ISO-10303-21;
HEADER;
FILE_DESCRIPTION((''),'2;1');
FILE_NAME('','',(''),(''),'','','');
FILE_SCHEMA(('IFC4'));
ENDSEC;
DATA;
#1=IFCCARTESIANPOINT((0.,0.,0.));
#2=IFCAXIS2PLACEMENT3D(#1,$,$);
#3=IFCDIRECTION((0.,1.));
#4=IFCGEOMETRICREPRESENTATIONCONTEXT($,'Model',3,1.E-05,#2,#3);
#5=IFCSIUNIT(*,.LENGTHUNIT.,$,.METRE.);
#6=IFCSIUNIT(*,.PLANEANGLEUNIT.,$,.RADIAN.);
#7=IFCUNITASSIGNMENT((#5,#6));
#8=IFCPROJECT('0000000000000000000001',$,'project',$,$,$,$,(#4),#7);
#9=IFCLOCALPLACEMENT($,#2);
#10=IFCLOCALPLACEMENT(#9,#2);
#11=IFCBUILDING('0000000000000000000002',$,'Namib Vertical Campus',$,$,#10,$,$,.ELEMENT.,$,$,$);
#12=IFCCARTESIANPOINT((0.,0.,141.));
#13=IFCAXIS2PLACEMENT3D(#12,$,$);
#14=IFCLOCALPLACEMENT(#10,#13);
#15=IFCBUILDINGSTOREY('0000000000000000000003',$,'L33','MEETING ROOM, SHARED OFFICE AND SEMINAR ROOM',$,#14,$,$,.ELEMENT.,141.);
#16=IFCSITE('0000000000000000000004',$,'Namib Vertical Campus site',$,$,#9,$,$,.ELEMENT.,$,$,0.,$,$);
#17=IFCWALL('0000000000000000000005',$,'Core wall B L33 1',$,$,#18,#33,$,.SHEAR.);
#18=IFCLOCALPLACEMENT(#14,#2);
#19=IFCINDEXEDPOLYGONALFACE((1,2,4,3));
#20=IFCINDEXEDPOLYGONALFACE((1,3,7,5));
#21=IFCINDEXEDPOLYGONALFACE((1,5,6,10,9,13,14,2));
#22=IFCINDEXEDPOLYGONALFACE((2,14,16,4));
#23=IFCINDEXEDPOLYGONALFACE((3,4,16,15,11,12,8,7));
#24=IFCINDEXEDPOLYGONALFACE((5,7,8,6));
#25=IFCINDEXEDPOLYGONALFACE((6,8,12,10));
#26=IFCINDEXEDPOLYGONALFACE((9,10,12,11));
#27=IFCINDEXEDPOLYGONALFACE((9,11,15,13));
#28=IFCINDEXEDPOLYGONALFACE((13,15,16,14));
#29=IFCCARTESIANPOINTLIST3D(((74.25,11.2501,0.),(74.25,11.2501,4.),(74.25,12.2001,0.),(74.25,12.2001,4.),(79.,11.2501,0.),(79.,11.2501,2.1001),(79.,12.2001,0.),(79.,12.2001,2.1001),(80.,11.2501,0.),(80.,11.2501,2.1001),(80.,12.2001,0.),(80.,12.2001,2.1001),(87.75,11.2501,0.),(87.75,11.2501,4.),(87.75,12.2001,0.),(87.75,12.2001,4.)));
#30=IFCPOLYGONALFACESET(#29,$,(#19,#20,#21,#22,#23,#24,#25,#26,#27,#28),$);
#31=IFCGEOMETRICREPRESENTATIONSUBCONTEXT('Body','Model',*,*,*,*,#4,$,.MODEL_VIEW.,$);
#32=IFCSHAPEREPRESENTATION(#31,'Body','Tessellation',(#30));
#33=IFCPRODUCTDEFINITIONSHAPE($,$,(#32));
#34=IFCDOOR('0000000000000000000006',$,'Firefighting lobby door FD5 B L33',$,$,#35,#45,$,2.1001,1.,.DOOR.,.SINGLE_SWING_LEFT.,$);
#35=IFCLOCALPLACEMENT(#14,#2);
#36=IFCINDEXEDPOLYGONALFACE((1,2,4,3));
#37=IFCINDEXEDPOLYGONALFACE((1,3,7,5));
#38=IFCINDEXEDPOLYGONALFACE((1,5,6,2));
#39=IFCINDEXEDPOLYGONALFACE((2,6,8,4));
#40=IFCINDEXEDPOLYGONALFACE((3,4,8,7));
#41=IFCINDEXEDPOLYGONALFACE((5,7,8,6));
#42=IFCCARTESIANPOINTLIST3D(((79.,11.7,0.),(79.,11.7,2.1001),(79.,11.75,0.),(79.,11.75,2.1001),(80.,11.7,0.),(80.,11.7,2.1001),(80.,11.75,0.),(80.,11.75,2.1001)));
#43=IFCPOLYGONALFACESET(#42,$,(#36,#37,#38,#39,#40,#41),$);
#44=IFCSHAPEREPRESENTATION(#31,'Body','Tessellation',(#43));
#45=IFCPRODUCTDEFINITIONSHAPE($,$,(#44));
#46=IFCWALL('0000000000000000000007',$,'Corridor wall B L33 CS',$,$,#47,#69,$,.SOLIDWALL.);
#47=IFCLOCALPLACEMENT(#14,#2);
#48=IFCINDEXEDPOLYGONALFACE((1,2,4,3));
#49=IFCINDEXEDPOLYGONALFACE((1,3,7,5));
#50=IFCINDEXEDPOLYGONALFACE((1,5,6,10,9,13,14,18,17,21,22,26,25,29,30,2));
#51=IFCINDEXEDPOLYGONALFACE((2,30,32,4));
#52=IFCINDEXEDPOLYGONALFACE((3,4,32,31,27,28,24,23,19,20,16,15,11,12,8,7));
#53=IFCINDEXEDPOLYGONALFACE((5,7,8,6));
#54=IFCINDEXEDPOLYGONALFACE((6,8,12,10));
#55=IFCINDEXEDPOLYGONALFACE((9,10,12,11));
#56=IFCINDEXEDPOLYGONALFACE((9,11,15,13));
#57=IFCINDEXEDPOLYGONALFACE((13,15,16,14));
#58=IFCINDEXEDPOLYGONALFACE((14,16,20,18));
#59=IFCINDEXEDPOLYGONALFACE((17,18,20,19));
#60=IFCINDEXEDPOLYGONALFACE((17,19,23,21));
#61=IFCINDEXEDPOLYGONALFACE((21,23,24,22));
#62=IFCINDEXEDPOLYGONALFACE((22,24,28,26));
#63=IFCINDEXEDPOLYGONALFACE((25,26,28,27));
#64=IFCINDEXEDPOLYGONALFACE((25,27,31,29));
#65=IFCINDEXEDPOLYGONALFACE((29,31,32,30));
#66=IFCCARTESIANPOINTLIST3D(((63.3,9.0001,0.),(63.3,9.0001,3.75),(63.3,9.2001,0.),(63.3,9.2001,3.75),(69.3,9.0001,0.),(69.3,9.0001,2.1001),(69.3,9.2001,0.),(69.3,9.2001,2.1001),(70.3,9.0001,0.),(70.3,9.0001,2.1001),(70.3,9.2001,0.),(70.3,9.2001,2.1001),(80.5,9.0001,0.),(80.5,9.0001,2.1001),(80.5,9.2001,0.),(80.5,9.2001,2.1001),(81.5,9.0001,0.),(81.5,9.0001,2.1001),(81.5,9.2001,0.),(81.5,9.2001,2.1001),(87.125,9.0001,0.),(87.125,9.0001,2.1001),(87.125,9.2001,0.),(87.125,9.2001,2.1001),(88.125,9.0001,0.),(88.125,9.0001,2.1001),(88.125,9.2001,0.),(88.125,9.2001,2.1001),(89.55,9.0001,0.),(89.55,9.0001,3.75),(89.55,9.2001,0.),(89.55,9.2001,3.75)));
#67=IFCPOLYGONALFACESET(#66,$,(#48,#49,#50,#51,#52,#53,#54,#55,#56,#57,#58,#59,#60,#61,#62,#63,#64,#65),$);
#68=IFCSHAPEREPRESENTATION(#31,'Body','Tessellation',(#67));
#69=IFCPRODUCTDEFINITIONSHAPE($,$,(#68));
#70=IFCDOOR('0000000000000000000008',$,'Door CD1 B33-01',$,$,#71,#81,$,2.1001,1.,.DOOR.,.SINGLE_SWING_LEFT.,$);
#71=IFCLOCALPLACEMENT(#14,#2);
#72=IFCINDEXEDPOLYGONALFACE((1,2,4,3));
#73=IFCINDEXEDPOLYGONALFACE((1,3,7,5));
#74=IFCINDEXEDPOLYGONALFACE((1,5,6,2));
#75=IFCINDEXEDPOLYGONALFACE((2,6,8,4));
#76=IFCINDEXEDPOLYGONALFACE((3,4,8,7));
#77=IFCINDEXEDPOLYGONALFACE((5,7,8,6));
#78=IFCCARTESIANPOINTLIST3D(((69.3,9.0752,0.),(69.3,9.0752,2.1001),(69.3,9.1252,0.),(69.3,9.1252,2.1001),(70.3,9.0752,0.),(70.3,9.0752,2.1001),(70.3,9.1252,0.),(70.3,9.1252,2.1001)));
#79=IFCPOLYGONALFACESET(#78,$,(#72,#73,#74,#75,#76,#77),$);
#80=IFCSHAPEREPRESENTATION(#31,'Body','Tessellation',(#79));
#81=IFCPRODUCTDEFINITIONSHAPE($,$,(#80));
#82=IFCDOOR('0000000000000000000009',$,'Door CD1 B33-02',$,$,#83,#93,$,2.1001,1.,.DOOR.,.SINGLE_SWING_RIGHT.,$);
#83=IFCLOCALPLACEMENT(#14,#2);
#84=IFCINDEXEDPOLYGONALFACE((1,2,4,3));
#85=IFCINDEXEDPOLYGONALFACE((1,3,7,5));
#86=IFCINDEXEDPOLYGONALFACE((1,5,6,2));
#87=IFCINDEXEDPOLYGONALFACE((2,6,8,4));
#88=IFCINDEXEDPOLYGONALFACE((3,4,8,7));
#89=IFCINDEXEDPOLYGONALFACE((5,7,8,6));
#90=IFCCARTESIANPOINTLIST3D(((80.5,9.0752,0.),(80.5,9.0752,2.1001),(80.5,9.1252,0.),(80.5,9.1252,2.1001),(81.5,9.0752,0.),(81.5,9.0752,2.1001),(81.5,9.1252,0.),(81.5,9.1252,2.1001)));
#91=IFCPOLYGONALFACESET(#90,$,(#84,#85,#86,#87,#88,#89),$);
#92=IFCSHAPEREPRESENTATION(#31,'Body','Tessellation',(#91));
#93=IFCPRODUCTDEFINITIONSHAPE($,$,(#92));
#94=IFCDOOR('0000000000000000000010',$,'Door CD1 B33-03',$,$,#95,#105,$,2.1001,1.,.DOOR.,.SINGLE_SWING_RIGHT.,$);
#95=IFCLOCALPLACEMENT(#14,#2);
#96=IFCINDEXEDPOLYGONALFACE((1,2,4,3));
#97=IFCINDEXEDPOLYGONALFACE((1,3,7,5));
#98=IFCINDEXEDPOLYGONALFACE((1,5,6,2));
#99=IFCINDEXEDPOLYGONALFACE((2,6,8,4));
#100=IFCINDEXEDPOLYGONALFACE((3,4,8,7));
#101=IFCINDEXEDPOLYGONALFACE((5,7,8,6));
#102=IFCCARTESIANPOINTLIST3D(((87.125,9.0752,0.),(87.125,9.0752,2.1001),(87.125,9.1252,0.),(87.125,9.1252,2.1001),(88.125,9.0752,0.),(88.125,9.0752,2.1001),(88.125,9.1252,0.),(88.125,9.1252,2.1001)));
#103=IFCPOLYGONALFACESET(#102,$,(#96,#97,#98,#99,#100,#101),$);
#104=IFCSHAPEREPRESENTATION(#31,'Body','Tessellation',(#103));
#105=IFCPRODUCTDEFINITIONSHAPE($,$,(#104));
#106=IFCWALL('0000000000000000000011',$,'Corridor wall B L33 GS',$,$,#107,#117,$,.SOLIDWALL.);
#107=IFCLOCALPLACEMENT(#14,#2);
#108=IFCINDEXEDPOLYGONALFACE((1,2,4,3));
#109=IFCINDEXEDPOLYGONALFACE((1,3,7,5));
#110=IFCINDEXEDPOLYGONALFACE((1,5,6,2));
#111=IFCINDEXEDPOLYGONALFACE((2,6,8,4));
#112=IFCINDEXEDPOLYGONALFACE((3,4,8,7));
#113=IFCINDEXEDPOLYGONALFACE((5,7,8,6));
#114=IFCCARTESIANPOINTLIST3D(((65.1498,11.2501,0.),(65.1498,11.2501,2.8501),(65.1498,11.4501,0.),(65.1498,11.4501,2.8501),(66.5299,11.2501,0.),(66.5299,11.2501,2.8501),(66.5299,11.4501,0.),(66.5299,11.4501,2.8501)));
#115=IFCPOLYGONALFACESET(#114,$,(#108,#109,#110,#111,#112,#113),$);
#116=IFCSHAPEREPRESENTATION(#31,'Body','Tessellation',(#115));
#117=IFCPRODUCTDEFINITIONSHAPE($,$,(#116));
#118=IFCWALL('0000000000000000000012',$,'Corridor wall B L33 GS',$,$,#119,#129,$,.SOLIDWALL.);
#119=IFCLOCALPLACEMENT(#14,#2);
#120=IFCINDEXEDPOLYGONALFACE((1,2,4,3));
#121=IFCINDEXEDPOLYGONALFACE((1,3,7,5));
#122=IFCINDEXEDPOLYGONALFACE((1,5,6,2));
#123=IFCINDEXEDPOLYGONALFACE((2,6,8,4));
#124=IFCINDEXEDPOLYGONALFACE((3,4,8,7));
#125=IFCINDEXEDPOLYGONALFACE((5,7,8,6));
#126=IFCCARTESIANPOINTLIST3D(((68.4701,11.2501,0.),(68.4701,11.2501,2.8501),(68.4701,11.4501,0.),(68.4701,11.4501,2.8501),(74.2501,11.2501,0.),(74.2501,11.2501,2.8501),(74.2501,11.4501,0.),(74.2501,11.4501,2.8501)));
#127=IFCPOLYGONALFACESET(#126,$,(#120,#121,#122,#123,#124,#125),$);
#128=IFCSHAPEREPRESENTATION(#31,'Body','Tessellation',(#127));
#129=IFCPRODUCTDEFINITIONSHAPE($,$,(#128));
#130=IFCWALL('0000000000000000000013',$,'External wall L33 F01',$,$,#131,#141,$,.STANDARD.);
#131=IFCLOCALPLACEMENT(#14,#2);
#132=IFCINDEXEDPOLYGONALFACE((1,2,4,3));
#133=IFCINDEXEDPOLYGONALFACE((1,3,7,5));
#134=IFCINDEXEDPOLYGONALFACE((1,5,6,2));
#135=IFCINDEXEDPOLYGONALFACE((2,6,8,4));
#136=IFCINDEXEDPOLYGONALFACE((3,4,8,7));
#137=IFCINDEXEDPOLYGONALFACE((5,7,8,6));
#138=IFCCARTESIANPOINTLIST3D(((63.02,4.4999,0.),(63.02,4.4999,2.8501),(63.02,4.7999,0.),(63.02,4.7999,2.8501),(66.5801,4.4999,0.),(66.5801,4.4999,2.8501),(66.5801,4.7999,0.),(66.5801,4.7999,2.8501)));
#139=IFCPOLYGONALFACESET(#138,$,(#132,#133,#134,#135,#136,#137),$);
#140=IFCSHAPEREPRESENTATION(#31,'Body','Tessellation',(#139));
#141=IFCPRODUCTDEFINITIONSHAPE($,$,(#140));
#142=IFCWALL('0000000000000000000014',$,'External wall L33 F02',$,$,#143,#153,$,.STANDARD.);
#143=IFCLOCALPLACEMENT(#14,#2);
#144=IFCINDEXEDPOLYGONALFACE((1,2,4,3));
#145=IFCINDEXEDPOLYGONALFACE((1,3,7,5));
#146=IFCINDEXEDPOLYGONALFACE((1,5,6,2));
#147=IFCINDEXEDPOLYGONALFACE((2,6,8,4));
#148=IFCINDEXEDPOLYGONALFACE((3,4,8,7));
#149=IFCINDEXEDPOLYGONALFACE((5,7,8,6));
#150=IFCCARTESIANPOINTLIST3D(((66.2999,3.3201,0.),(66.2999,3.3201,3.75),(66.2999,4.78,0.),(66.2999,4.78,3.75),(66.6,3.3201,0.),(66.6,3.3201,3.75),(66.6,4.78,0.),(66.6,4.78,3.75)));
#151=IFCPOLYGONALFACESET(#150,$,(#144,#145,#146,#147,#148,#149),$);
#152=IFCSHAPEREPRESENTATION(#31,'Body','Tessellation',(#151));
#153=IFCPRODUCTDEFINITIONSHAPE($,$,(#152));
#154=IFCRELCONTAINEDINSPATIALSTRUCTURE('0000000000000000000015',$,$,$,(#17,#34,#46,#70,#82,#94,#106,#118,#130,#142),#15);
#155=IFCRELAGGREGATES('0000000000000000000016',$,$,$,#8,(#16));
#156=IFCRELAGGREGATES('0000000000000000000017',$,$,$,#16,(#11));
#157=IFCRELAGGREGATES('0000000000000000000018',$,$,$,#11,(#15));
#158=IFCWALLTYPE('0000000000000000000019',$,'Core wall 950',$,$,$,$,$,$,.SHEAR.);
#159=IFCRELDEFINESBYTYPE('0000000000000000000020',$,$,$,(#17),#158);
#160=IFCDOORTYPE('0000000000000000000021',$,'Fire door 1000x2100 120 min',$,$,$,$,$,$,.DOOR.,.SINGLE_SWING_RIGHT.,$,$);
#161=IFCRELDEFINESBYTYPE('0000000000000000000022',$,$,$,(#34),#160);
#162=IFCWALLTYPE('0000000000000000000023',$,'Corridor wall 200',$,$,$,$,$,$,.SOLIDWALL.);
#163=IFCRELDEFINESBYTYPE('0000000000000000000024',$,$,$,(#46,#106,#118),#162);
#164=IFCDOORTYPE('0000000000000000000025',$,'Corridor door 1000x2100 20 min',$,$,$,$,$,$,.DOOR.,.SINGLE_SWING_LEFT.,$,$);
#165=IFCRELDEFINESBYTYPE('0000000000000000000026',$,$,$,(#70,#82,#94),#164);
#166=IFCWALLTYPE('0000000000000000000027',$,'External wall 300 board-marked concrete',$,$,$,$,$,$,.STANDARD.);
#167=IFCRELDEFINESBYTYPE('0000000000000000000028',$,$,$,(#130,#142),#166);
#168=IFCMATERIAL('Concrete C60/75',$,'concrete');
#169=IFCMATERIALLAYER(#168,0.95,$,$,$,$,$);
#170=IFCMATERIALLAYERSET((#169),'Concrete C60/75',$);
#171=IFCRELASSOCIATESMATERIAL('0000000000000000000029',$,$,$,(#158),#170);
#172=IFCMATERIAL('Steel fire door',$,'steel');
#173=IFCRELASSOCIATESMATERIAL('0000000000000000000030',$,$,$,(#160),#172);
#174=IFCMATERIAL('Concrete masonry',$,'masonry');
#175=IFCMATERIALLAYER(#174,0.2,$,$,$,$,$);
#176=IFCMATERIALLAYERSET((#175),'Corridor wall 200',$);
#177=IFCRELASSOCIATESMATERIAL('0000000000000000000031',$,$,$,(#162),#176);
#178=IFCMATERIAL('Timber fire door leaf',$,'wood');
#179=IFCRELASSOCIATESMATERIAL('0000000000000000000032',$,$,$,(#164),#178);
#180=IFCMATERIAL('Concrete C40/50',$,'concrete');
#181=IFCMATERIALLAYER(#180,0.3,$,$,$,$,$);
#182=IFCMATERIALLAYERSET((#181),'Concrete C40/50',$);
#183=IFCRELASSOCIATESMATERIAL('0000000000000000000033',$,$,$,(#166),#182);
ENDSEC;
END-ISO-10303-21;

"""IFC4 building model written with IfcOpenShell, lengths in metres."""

from ifc_helpers import new_model, si_unit, direction, frame, frame_2d, origin, place, context, subcontext, project, spatial, rectangle, extrude, material, layer, layer_set, type_object, element, fill, save


model = new_model("IFC4")

# Units and contexts
model_context = context("Model", 3, precision=1e-05, world=origin(), true_north=direction((0.0, 1.0)))
body_context = subcontext(model_context, "Body", "Model", "MODEL_VIEW")
ifc_project = project(units=[si_unit("LENGTHUNIT", "METRE"), si_unit("PLANEANGLEUNIT", "RADIAN")], contexts=[model_context])

# Site, building, storey
site_placement = place(None, origin())
site = spatial("IfcSite", under=ifc_project, at=site_placement, Name="Namib Vertical Campus site", CompositionType="ELEMENT", RefElevation=0.0)
building_placement = place(site_placement, origin())
building = spatial("IfcBuilding", under=site, at=building_placement, Name="Namib Vertical Campus", CompositionType="ELEMENT")
storey_placement = place(building_placement, frame((0.0, 0.0, 141.0)))
storey = spatial("IfcBuildingStorey", under=building, at=storey_placement, Name="L33", Description="MEETING ROOM, SHARED OFFICE AND SEMINAR ROOM", CompositionType="ELEMENT", Elevation=141.0)

# Wall, opening, door
ifc_material_1 = material(Name="Concrete C60/75", Category="concrete")
ifc_layer_1 = layer(ifc_material_1, 0.95)
ifc_layer_set_1 = layer_set([ifc_layer_1], Name="Concrete C60/75")
wall_type_1 = type_object("IfcWallType", Name="Core wall 950", PredefinedType="SHEAR", material=ifc_layer_set_1)
wall_1_placement = place(storey_placement, frame((74.25, 11.7251, 0.0), z_axis=(0.0, 0.0, 1.0), x_axis=(1.0, 0.0, 0.0)))
wall_1 = element("IfcWall", 1, at=wall_1_placement, inside=storey, type_object=wall_type_1, Name="Core wall B L33 1", PredefinedType="SHEAR", context=body_context, shape_type="SweptSolid", body=[
    extrude(rectangle(XDim=13.5, YDim=0.95, at=frame_2d((6.75, 0.0))), origin(), (0.0, 0.0, 1.0), 4.0),
])
opening_1_placement = place(wall_1_placement, frame((4.75, 0.0, 0.0)))
opening_1 = element("IfcOpeningElement", 2, at=opening_1_placement, cuts=wall_1, PredefinedType="OPENING", context=body_context, shape_type="SweptSolid", body=[
    extrude(rectangle(XDim=1.0, YDim=2.1001, at=frame_2d((0.5, 1.05))), frame((0.0, 0.4849, 0.0), z_axis=(0.0, -1.0, 0.0), x_axis=(1.0, 0.0, 0.0)), (0.0, 0.0, 1.0), 0.97),
])
ifc_material_2 = material(Name="Steel fire door", Category="steel")
door_type_1 = type_object("IfcDoorType", Name="Fire door 1000x2100 120 min", OperationType="SINGLE_SWING_RIGHT", PredefinedType="DOOR", material=ifc_material_2)
door_1_placement = place(opening_1_placement, origin())
door_1 = element("IfcDoor", 3, at=door_1_placement, inside=storey, type_object=door_type_1, Name="Firefighting lobby door FD5 B L33", OperationType="SINGLE_SWING_LEFT", OverallHeight=2.1001, OverallWidth=1.0, PredefinedType="DOOR", context=body_context, shape_type="SweptSolid", body=[
    extrude(rectangle(XDim=1.0, YDim=2.1001, at=frame_2d((0.5, 1.05))), frame((0.0, 0.0249, 0.0), z_axis=(0.0, -1.0, 0.0), x_axis=(1.0, 0.0, 0.0)), (0.0, 0.0, 1.0), 0.05),
])
fill(opening_1, door_1)

# Wall, openings, doors
ifc_material_3 = material(Name="Concrete masonry", Category="masonry")
ifc_layer_2 = layer(ifc_material_3, 0.2)
ifc_layer_set_2 = layer_set([ifc_layer_2], Name="Corridor wall 200")
wall_type_2 = type_object("IfcWallType", Name="Corridor wall 200", PredefinedType="SOLIDWALL", material=ifc_layer_set_2)
wall_2_placement = place(storey_placement, frame((63.3, 9.1001, 0.0), z_axis=(0.0, 0.0, 1.0), x_axis=(1.0, 0.0, 0.0)))
wall_2 = element("IfcWall", 4, at=wall_2_placement, inside=storey, type_object=wall_type_2, Name="Corridor wall B L33 CS", PredefinedType="SOLIDWALL", context=body_context, shape_type="SweptSolid", body=[
    extrude(rectangle(XDim=26.25, YDim=0.2, at=frame_2d((13.125, 0.0))), origin(), (0.0, 0.0, 1.0), 3.75),
])
opening_2_placement = place(wall_2_placement, frame((6.0, 0.0, 0.0)))
opening_2 = element("IfcOpeningElement", 5, at=opening_2_placement, cuts=wall_2, PredefinedType="OPENING", context=body_context, shape_type="SweptSolid", body=[
    extrude(rectangle(XDim=1.0, YDim=2.1001, at=frame_2d((0.5, 1.05))), frame((0.0, 0.1099, 0.0), z_axis=(0.0, -1.0, 0.0), x_axis=(1.0, 0.0, 0.0)), (0.0, 0.0, 1.0), 0.22),
])
opening_3_placement = place(wall_2_placement, frame((17.2, 0.0, 0.0)))
opening_3 = element("IfcOpeningElement", 6, at=opening_3_placement, cuts=wall_2, PredefinedType="OPENING", context=body_context, shape_type="SweptSolid", body=[
    extrude(rectangle(XDim=1.0, YDim=2.1001, at=frame_2d((0.5, 1.05))), frame((0.0, 0.1099, 0.0), z_axis=(0.0, -1.0, 0.0), x_axis=(1.0, 0.0, 0.0)), (0.0, 0.0, 1.0), 0.22),
])
opening_4_placement = place(wall_2_placement, frame((23.825, 0.0, 0.0)))
opening_4 = element("IfcOpeningElement", 7, at=opening_4_placement, cuts=wall_2, PredefinedType="OPENING", context=body_context, shape_type="SweptSolid", body=[
    extrude(rectangle(XDim=1.0, YDim=2.1001, at=frame_2d((0.5, 1.05))), frame((0.0, 0.1099, 0.0), z_axis=(0.0, -1.0, 0.0), x_axis=(1.0, 0.0, 0.0)), (0.0, 0.0, 1.0), 0.22),
])
ifc_material_4 = material(Name="Timber fire door leaf", Category="wood")
door_type_2 = type_object("IfcDoorType", Name="Corridor door 1000x2100 20 min", OperationType="SINGLE_SWING_LEFT", PredefinedType="DOOR", material=ifc_material_4)
door_2_placement = place(opening_2_placement, frame((1.0, 0.0, 0.0), z_axis=(0.0, 0.0, 1.0), x_axis=(-1.0, 0.0, 0.0)))
door_2 = element("IfcDoor", 8, at=door_2_placement, inside=storey, type_object=door_type_2, Name="Door CD1 B33-01", OperationType="SINGLE_SWING_LEFT", OverallHeight=2.1001, OverallWidth=1.0, PredefinedType="DOOR", context=body_context, shape_type="SweptSolid", body=[
    extrude(rectangle(XDim=1.0, YDim=2.1001, at=frame_2d((0.5, 1.05))), frame((0.0, 0.0249, 0.0), z_axis=(0.0, -1.0, 0.0), x_axis=(1.0, 0.0, 0.0)), (0.0, 0.0, 1.0), 0.05),
])
fill(opening_2, door_2)
door_3_placement = place(opening_3_placement, frame((1.0, 0.0, 0.0), z_axis=(0.0, 0.0, 1.0), x_axis=(-1.0, 0.0, 0.0)))
door_3 = element("IfcDoor", 9, at=door_3_placement, inside=storey, type_object=door_type_2, Name="Door CD1 B33-02", OperationType="SINGLE_SWING_RIGHT", OverallHeight=2.1001, OverallWidth=1.0, PredefinedType="DOOR", context=body_context, shape_type="SweptSolid", body=[
    extrude(rectangle(XDim=1.0, YDim=2.1001, at=frame_2d((0.5, 1.05))), frame((0.0, 0.0249, 0.0), z_axis=(0.0, -1.0, 0.0), x_axis=(1.0, 0.0, 0.0)), (0.0, 0.0, 1.0), 0.05),
])
fill(opening_3, door_3)
door_4_placement = place(opening_4_placement, frame((1.0, 0.0, 0.0), z_axis=(0.0, 0.0, 1.0), x_axis=(-1.0, 0.0, 0.0)))
door_4 = element("IfcDoor", 10, at=door_4_placement, inside=storey, type_object=door_type_2, Name="Door CD1 B33-03", OperationType="SINGLE_SWING_RIGHT", OverallHeight=2.1001, OverallWidth=1.0, PredefinedType="DOOR", context=body_context, shape_type="SweptSolid", body=[
    extrude(rectangle(XDim=1.0, YDim=2.1001, at=frame_2d((0.5, 1.05))), frame((0.0, 0.0249, 0.0), z_axis=(0.0, -1.0, 0.0), x_axis=(1.0, 0.0, 0.0)), (0.0, 0.0, 1.0), 0.05),
])
fill(opening_4, door_4)

# Walls
wall_3_placement = place(storey_placement, frame((65.1499, 11.3501, 0.0), z_axis=(0.0, 0.0, 1.0), x_axis=(1.0, 0.0, 0.0)))
element("IfcWall", 11, at=wall_3_placement, inside=storey, type_object=wall_type_2, Name="Corridor wall B L33 GS", PredefinedType="SOLIDWALL", context=body_context, shape_type="SweptSolid", body=[
    extrude(rectangle(XDim=1.3801, YDim=0.2, at=frame_2d((0.6899, 0.0))), origin(), (0.0, 0.0, 1.0), 2.8501),
])
wall_4_placement = place(storey_placement, frame((68.47, 11.3501, 0.0), z_axis=(0.0, 0.0, 1.0), x_axis=(1.0, 0.0, 0.0)))
element("IfcWall", 12, at=wall_4_placement, inside=storey, type_object=wall_type_2, Name="Corridor wall B L33 GS", PredefinedType="SOLIDWALL", context=body_context, shape_type="SweptSolid", body=[
    extrude(rectangle(XDim=5.78, YDim=0.2, at=frame_2d((2.8901, 0.0))), origin(), (0.0, 0.0, 1.0), 2.8501),
])
ifc_material_5 = material(Name="Concrete C40/50", Category="concrete")
ifc_layer_3 = layer(ifc_material_5, 0.3)
ifc_layer_set_3 = layer_set([ifc_layer_3], Name="Concrete C40/50")
wall_type_3 = type_object("IfcWallType", Name="External wall 300 board-marked concrete", PredefinedType="STANDARD", material=ifc_layer_set_3)
wall_5_placement = place(storey_placement, frame((63.02, 4.6499, 0.0), z_axis=(0.0, 0.0, 1.0), x_axis=(1.0, 0.0, 0.0)))
element("IfcWall", 13, at=wall_5_placement, inside=storey, type_object=wall_type_3, Name="External wall L33 F01", PredefinedType="STANDARD", context=body_context, shape_type="SweptSolid", body=[
    extrude(rectangle(XDim=3.5601, YDim=0.3, at=frame_2d((1.78, 0.0))), origin(), (0.0, 0.0, 1.0), 2.8501),
])
wall_6_placement = place(storey_placement, frame((66.45, 4.78, 0.0), z_axis=(0.0, 0.0, 1.0), x_axis=(0.0, -1.0, 0.0)))
element("IfcWall", 14, at=wall_6_placement, inside=storey, type_object=wall_type_3, Name="External wall L33 F02", PredefinedType="STANDARD", context=body_context, shape_type="SweptSolid", body=[
    extrude(rectangle(XDim=1.46, YDim=0.3, at=frame_2d((0.73, 0.0))), origin(), (0.0, 0.0, 1.0), 3.75),
])

save(model, "model.ifc")
